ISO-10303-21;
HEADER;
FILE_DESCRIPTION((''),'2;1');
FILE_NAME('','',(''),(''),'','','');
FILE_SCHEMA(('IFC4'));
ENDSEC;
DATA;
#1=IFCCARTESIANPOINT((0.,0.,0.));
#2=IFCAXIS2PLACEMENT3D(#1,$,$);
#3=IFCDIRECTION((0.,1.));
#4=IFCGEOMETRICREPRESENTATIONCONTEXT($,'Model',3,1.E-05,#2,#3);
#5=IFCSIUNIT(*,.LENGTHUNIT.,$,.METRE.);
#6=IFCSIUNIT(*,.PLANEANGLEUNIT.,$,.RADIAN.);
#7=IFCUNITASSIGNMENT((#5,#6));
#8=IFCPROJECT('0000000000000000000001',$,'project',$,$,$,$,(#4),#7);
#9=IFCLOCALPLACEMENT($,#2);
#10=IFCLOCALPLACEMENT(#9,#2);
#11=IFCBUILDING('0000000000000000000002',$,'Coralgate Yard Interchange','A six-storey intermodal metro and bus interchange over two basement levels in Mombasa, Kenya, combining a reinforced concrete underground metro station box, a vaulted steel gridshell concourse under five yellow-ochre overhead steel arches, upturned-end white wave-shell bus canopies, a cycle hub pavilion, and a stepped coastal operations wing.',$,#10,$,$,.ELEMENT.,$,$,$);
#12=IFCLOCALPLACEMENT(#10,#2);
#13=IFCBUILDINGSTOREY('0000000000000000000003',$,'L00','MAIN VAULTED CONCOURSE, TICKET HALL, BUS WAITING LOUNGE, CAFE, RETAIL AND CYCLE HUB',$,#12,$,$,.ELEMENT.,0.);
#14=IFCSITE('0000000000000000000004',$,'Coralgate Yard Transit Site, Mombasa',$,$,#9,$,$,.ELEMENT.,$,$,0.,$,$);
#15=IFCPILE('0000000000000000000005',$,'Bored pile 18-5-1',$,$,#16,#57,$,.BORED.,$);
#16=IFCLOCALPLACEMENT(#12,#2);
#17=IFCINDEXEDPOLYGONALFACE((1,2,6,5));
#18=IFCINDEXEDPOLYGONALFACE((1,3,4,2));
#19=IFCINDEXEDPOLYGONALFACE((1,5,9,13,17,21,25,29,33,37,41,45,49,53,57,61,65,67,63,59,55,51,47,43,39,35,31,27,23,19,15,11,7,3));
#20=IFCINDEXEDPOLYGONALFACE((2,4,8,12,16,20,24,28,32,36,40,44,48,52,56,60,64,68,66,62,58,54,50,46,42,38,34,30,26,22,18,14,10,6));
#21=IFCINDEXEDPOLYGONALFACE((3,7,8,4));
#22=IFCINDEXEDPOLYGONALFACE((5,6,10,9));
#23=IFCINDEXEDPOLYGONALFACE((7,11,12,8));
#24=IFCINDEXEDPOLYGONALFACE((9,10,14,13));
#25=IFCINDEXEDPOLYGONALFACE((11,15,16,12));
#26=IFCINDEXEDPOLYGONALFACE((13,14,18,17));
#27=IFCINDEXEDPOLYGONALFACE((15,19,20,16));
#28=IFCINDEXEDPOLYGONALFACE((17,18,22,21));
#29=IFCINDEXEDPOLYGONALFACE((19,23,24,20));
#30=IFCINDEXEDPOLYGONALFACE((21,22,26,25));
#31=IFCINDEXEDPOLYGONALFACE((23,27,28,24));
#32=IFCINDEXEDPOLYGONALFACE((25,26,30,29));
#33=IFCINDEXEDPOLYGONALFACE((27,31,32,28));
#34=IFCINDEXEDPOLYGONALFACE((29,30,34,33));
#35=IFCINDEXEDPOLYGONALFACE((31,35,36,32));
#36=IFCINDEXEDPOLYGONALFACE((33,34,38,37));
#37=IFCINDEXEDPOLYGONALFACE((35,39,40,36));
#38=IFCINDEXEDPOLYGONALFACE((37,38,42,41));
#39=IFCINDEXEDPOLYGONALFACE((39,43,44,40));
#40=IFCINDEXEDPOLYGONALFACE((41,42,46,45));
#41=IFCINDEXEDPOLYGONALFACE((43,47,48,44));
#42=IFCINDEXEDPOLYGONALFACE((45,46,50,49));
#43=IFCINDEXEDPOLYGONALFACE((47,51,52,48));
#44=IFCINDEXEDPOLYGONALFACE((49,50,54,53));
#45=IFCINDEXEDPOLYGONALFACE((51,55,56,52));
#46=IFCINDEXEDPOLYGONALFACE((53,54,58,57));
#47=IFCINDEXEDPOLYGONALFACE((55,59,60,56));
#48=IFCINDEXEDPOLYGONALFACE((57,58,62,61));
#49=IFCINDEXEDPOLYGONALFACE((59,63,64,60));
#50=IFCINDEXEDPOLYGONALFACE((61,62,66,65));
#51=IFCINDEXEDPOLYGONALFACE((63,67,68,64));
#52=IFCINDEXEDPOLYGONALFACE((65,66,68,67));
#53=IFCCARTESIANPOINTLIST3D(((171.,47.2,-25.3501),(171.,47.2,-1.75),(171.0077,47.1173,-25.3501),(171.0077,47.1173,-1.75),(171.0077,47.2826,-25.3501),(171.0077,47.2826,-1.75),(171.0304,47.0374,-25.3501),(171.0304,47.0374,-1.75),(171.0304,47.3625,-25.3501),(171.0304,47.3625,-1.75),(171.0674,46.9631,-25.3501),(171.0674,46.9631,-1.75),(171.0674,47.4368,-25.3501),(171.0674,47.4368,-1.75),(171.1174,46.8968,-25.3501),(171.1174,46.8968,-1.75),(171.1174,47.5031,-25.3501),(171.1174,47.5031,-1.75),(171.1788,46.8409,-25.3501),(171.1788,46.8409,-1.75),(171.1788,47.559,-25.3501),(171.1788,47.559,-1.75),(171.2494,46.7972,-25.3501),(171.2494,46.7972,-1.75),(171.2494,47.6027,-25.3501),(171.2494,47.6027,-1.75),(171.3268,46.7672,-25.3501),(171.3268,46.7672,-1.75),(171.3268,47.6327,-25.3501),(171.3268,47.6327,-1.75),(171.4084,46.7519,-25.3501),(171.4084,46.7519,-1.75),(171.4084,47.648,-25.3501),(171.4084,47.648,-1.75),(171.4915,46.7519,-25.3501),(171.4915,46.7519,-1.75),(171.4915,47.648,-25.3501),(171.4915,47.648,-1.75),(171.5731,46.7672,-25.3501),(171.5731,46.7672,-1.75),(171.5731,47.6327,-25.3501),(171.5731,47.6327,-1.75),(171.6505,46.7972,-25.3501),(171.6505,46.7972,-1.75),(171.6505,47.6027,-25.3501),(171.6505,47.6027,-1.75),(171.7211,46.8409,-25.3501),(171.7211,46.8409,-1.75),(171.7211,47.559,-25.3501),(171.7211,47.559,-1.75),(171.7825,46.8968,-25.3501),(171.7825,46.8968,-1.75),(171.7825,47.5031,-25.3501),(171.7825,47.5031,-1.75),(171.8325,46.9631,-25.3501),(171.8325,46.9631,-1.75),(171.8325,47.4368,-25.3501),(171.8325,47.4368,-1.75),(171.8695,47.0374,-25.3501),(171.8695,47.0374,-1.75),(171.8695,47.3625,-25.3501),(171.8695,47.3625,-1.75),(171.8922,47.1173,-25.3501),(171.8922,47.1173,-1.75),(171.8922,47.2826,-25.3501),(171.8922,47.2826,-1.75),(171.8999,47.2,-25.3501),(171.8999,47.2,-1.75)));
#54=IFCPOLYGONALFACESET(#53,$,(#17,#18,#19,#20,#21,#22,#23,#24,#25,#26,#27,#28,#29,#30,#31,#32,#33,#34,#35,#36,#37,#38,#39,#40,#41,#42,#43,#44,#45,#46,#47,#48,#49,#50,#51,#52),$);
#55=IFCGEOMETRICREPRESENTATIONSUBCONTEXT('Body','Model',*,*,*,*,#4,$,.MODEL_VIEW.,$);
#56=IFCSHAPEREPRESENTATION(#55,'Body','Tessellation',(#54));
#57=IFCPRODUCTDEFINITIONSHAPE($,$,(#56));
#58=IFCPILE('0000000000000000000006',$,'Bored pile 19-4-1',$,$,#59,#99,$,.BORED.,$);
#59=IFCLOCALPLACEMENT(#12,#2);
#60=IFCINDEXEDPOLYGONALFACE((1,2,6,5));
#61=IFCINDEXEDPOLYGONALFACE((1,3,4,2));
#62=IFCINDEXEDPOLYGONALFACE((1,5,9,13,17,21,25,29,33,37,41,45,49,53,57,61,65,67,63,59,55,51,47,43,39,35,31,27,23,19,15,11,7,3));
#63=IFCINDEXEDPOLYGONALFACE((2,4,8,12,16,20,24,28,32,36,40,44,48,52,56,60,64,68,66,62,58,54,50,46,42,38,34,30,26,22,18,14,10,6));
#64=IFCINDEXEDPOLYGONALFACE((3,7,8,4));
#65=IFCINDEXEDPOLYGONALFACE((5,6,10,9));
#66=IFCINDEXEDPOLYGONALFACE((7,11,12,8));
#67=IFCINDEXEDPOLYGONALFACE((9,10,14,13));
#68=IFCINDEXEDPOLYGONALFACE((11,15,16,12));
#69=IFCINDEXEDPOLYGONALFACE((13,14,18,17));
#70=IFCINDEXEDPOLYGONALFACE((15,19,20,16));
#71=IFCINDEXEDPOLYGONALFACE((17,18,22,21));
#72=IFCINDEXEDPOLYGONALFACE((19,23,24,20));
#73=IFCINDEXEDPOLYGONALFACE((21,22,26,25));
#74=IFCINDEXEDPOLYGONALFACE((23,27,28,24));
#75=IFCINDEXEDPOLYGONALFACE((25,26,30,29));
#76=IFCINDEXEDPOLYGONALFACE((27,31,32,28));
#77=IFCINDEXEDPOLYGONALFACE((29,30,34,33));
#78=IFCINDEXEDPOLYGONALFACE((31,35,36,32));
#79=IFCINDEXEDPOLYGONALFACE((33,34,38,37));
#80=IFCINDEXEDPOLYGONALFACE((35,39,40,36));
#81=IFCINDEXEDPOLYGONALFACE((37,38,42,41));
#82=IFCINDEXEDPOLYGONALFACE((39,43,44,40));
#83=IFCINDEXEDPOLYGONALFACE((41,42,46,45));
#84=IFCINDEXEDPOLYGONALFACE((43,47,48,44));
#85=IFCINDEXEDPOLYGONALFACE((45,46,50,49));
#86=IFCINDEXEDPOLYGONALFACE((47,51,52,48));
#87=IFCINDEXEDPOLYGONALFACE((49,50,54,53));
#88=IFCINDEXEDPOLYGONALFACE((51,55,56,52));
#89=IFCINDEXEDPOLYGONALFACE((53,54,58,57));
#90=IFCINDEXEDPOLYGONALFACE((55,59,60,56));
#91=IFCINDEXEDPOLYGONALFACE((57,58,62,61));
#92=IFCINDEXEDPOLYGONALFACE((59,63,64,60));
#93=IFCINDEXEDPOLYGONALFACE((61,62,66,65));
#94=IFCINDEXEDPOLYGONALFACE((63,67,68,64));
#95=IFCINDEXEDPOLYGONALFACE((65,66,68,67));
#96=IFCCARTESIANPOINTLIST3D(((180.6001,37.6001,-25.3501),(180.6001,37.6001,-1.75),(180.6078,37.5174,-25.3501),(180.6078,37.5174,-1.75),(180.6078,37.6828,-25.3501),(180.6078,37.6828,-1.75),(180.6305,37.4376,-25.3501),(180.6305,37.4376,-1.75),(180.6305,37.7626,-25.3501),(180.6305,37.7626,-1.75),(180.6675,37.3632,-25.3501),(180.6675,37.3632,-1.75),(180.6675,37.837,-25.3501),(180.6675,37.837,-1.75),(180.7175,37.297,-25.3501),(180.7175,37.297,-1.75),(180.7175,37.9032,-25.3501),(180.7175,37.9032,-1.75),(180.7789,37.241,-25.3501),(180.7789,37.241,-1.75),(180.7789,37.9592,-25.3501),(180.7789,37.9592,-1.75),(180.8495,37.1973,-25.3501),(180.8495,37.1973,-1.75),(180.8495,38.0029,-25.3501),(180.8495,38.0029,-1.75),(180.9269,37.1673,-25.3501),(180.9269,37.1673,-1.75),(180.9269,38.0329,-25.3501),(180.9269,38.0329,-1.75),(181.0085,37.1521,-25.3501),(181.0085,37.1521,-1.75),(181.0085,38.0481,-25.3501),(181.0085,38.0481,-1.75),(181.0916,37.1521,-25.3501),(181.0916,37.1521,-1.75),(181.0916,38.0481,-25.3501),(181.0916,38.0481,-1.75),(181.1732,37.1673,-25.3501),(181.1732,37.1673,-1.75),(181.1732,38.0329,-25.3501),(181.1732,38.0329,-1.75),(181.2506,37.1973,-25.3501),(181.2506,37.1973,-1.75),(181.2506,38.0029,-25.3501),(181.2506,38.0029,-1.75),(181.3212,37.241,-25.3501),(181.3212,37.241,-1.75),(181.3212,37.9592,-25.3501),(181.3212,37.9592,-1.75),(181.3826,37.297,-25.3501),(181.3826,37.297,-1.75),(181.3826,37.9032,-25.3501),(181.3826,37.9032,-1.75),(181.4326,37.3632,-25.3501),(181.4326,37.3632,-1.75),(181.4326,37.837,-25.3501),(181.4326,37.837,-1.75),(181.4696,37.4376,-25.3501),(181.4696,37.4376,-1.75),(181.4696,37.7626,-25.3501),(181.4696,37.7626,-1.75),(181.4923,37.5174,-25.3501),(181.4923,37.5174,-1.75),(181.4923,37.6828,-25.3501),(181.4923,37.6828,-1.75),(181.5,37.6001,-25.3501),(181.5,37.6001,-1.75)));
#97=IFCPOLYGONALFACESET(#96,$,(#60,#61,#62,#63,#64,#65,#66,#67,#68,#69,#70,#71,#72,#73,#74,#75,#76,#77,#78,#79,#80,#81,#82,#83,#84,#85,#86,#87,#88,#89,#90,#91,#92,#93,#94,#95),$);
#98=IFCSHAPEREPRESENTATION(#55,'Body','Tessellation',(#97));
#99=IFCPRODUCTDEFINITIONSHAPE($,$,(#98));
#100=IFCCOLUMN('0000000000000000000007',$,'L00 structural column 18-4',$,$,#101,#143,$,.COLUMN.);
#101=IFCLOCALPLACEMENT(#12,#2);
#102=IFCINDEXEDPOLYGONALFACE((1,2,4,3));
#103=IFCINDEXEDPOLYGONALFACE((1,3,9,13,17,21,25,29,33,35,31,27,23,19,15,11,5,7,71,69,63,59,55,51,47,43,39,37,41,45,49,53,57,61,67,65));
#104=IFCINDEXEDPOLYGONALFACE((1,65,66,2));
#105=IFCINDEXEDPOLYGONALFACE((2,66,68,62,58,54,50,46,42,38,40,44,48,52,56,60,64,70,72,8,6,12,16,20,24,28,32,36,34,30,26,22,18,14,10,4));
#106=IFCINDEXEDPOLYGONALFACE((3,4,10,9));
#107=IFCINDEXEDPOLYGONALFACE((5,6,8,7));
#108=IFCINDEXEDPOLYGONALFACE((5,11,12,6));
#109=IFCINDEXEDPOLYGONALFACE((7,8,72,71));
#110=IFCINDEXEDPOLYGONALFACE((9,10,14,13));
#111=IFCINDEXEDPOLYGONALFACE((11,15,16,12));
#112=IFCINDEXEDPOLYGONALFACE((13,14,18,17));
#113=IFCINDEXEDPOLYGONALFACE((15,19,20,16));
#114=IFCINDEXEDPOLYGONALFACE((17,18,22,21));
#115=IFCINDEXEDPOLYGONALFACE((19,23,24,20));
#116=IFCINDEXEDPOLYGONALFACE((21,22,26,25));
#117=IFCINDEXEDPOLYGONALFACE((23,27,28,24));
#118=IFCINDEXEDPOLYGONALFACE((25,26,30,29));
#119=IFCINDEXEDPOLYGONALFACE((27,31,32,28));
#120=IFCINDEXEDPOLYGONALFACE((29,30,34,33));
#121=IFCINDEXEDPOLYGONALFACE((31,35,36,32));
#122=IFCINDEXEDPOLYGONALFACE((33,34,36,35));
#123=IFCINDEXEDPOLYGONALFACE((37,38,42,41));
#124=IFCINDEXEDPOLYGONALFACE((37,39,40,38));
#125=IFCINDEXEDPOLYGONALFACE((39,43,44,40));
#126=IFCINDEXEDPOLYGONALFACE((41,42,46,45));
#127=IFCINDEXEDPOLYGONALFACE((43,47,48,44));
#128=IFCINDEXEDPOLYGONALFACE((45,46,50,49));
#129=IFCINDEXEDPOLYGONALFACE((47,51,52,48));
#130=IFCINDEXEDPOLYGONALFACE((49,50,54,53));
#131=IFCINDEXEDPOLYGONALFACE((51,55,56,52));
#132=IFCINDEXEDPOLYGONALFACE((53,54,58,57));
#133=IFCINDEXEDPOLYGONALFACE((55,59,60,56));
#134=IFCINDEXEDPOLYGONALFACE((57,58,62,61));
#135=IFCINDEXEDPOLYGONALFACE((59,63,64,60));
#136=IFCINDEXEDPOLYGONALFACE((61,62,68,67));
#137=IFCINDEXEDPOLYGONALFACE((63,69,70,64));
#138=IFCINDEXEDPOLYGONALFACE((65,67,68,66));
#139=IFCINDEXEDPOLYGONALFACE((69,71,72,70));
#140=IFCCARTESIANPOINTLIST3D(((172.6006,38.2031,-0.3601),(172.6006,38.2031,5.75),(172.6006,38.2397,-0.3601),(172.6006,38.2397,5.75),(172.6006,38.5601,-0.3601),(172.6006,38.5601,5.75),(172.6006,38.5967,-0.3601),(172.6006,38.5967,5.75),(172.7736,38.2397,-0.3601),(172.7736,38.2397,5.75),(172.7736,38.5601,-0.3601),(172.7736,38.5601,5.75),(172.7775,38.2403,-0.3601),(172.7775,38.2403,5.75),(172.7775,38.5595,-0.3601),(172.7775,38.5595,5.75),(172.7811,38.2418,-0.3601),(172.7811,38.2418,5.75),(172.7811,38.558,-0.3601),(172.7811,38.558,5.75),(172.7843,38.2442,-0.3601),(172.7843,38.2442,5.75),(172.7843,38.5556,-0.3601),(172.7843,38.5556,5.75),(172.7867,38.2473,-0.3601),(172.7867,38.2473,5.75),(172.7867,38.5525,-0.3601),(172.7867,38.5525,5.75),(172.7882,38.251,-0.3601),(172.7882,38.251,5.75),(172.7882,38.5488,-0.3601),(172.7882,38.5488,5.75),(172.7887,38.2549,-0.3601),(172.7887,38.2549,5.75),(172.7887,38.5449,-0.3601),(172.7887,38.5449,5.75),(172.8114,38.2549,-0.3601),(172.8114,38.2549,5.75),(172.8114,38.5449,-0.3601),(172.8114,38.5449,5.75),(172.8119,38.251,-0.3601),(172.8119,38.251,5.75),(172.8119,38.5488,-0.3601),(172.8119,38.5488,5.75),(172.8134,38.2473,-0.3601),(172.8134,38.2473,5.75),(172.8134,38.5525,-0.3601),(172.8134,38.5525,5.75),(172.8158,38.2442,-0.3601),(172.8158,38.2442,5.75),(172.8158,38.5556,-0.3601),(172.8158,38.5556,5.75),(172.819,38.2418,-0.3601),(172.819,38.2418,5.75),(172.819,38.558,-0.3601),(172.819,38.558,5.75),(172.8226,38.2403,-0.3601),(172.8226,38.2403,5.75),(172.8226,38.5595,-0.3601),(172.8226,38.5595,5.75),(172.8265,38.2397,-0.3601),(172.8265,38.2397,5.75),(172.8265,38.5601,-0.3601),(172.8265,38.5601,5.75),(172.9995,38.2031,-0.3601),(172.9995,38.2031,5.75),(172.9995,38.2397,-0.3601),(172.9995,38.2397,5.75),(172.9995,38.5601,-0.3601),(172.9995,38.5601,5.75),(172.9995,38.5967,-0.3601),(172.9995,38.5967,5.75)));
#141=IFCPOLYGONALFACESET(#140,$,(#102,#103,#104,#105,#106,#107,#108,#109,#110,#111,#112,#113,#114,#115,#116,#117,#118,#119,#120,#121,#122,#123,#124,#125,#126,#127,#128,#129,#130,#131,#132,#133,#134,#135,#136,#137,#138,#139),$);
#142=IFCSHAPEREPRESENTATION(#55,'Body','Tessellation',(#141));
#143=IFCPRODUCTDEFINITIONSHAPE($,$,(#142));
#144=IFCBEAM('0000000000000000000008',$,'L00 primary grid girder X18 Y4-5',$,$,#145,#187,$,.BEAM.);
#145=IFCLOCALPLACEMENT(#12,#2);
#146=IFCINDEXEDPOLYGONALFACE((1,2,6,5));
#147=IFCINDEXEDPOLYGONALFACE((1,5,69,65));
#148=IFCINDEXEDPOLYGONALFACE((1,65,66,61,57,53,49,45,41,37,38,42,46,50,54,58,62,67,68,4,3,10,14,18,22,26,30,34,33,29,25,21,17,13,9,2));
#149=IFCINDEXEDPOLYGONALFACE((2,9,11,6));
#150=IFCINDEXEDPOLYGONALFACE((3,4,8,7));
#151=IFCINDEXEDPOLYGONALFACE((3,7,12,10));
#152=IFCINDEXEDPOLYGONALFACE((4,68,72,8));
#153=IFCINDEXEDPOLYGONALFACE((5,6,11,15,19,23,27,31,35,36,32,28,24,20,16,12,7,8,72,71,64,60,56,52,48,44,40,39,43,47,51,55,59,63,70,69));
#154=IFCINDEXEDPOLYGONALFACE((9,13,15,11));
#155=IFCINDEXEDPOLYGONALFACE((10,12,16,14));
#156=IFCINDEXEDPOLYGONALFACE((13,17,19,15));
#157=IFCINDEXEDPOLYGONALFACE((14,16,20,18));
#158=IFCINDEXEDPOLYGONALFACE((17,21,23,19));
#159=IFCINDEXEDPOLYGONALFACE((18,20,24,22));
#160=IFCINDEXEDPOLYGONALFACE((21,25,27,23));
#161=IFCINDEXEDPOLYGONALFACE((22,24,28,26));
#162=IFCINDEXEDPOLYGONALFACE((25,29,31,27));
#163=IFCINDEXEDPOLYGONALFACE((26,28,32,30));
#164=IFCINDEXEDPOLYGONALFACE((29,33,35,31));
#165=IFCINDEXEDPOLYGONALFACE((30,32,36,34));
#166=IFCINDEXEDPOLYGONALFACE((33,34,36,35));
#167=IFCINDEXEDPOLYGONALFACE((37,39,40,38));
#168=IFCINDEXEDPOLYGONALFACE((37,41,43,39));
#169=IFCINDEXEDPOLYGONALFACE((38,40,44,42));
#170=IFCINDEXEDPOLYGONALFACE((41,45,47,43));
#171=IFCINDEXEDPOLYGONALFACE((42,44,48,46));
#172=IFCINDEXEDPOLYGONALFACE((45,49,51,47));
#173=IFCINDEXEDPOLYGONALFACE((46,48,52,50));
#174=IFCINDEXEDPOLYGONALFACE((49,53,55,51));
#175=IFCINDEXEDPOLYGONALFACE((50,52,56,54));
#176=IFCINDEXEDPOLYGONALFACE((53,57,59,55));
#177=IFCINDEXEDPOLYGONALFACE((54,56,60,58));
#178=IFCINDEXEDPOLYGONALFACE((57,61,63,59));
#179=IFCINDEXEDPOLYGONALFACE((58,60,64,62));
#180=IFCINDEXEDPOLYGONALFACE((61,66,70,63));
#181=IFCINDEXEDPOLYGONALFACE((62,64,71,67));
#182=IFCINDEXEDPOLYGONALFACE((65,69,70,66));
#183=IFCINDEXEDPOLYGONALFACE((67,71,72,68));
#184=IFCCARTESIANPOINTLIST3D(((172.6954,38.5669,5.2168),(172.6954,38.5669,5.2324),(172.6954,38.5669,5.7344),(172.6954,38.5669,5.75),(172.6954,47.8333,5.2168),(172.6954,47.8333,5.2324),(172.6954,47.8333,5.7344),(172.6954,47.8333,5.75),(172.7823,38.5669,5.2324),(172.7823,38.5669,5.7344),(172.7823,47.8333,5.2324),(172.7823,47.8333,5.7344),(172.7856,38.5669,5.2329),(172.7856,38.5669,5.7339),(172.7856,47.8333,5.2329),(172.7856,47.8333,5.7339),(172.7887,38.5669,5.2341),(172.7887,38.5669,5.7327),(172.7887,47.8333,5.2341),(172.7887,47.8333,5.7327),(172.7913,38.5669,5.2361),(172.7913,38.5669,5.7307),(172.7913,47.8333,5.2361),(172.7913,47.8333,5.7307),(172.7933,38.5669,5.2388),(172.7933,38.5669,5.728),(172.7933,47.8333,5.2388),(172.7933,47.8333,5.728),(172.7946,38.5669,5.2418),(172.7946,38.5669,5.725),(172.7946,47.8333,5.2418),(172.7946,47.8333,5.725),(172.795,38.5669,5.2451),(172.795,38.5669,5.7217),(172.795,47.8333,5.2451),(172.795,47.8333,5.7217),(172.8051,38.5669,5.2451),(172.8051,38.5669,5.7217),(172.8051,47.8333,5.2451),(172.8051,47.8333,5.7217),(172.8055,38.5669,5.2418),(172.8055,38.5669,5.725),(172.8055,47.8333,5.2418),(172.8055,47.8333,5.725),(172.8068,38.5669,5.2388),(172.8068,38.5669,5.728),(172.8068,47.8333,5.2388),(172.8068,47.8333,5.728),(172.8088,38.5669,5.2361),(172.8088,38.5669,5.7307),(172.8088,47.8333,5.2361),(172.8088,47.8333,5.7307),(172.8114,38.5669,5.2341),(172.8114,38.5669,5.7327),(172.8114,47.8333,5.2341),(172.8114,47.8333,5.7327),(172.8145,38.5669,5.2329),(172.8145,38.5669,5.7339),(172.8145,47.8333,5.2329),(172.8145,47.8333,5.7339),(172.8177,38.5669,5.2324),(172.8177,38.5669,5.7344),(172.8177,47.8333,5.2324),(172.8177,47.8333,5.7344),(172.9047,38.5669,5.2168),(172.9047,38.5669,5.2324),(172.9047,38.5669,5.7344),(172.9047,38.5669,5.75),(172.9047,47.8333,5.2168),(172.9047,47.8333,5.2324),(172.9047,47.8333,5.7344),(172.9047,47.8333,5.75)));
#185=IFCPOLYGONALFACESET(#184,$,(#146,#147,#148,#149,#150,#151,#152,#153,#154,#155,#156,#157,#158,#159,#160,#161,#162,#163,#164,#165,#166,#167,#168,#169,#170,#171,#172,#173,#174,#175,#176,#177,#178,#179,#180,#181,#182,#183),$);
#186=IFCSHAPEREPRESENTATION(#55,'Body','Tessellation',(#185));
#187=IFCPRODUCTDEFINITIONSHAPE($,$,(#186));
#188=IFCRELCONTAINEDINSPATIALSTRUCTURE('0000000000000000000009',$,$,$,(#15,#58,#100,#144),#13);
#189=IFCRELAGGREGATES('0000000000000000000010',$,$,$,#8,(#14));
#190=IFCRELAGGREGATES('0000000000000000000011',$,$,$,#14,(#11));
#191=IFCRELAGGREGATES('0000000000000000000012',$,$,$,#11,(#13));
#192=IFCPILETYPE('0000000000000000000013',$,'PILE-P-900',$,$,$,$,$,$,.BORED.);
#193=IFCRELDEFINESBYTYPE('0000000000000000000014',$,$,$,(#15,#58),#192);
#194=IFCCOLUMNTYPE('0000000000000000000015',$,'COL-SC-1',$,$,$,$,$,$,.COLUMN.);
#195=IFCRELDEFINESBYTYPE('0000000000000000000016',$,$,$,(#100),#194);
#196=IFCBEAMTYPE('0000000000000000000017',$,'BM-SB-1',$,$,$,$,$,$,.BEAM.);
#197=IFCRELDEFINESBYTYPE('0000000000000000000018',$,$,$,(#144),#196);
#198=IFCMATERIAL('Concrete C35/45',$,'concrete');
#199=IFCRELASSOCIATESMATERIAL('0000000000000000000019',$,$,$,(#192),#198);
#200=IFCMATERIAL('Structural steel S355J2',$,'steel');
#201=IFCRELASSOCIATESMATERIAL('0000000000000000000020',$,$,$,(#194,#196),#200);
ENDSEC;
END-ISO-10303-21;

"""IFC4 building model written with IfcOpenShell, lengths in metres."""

from ifc_helpers import new_model, si_unit, direction, frame, origin, origin_2d, place, context, subcontext, project, spatial, circle, i_section, extrude, material, material_profile, profile_set, type_object, element, save


model = new_model("IFC4")

# Units and contexts
model_context = context("Model", 3, precision=1e-05, world=origin(), true_north=direction((0.0, 1.0)))
body_context = subcontext(model_context, "Body", "Model", "MODEL_VIEW")
ifc_project = project(units=[si_unit("LENGTHUNIT", "METRE"), si_unit("PLANEANGLEUNIT", "RADIAN")], contexts=[model_context])

# Site, building, storey
site_placement = place(None, origin())
site = spatial("IfcSite", under=ifc_project, at=site_placement, Name="Coralgate Yard Transit Site, Mombasa", CompositionType="ELEMENT", RefElevation=0.0)
building_placement = place(site_placement, origin())
building = spatial("IfcBuilding", under=site, at=building_placement, Name="Coralgate Yard Interchange", Description="A six-storey intermodal metro and bus interchange over two basement levels in Mombasa, Kenya, combining a reinforced concrete underground metro station box, a vaulted steel gridshell concourse under five yellow-ochre overhead steel arches, upturned-end white wave-shell bus canopies, a cycle hub pavilion, and a stepped coastal operations wing.", CompositionType="ELEMENT")
storey_placement = place(building_placement, origin())
storey = spatial("IfcBuildingStorey", under=building, at=storey_placement, Name="L00", Description="MAIN VAULTED CONCOURSE, TICKET HALL, BUS WAITING LOUNGE, CAFE, RETAIL AND CYCLE HUB", CompositionType="ELEMENT", Elevation=0.0)

# Piles
ifc_material_1 = material(Name="Concrete C35/45", Category="concrete")
ifc_material_profile_1 = material_profile(ifc_material_1, circle(Radius=0.45, at=origin_2d()), Name="BORED PILE D900")
ifc_profile_set_1 = profile_set([ifc_material_profile_1], Name="Concrete C35/45")
pile_type = type_object("IfcPileType", Name="PILE-P-900", PredefinedType="BORED", material=ifc_profile_set_1)
for number, where, z_axis, x_axis, name in (
    (1, (171.45, 47.2, -1.75), (0.0, 0.0, -1.0), (1.0, 0.0, 0.0), "Bored pile 18-5-1"),
    (2, (181.05, 37.6001, -1.75), (0.0, 0.0, -1.0), (1.0, 0.0, 0.0), "Bored pile 19-4-1"),
):
    element("IfcPile", number, at=place(storey_placement, frame(where, z_axis=z_axis, x_axis=x_axis)), inside=storey, type_object=pile_type, Name=name, PredefinedType="BORED", context=body_context, shape_type="SweptSolid", body=[
        extrude(circle(Radius=0.45, at=origin_2d()), origin(), (0.0, 0.0, 1.0), 23.6001),
    ])

# Column
ifc_material_2 = material(Name="Structural steel S355J2", Category="steel")
ifc_material_profile_2 = material_profile(ifc_material_2, i_section(OverallWidth=0.3989, OverallDepth=0.3936, WebThickness=0.0227, FlangeThickness=0.0366, FilletRadius=0.0151, at=origin_2d()), Name="UC 356x406x287")
ifc_profile_set_2 = profile_set([ifc_material_profile_2], Name="Structural steel S355J2")
column_type = type_object("IfcColumnType", Name="COL-SC-1", PredefinedType="COLUMN", material=ifc_profile_set_2)
column_placement = place(storey_placement, frame((172.8, 38.3999, -0.3601), z_axis=(0.0, 0.0, 1.0), x_axis=(1.0, 0.0, 0.0)))
element("IfcColumn", 3, at=column_placement, inside=storey, type_object=column_type, Name="L00 structural column 18-4", PredefinedType="COLUMN", context=body_context, shape_type="SweptSolid", body=[
    extrude(i_section(OverallWidth=0.3989, OverallDepth=0.3936, WebThickness=0.0227, FlangeThickness=0.0366, FilletRadius=0.0151, at=origin_2d()), origin(), (0.0, 0.0, 1.0), 6.1101),
])

# Beam
ifc_material_profile_3 = material_profile(ifc_material_2, i_section(OverallWidth=0.2092, OverallDepth=0.5332, WebThickness=0.01, FlangeThickness=0.0156, FilletRadius=0.0127, at=origin_2d()), Name="UB 533x210x92")
ifc_profile_set_3 = profile_set([ifc_material_profile_3], Name="Structural steel S355J2")
beam_type_1 = type_object("IfcBeamType", Name="BM-SB-1", PredefinedType="BEAM", material=ifc_profile_set_3)
beam_1_placement = place(storey_placement, frame((172.8, 38.5669, 5.4834), z_axis=(0.0, 1.0, 0.0), x_axis=(-1.0, 0.0, 0.0)))
element("IfcBeam", 4, at=beam_1_placement, inside=storey, type_object=beam_type_1, Name="L00 primary grid girder X18 Y4-5", PredefinedType="BEAM", context=body_context, shape_type="SweptSolid", body=[
    extrude(i_section(OverallWidth=0.2092, OverallDepth=0.5332, WebThickness=0.01, FlangeThickness=0.0156, FilletRadius=0.0127, at=origin_2d()), origin(), (0.0, 0.0, 1.0), 9.2664),
])

save(model, "model.ifc")
